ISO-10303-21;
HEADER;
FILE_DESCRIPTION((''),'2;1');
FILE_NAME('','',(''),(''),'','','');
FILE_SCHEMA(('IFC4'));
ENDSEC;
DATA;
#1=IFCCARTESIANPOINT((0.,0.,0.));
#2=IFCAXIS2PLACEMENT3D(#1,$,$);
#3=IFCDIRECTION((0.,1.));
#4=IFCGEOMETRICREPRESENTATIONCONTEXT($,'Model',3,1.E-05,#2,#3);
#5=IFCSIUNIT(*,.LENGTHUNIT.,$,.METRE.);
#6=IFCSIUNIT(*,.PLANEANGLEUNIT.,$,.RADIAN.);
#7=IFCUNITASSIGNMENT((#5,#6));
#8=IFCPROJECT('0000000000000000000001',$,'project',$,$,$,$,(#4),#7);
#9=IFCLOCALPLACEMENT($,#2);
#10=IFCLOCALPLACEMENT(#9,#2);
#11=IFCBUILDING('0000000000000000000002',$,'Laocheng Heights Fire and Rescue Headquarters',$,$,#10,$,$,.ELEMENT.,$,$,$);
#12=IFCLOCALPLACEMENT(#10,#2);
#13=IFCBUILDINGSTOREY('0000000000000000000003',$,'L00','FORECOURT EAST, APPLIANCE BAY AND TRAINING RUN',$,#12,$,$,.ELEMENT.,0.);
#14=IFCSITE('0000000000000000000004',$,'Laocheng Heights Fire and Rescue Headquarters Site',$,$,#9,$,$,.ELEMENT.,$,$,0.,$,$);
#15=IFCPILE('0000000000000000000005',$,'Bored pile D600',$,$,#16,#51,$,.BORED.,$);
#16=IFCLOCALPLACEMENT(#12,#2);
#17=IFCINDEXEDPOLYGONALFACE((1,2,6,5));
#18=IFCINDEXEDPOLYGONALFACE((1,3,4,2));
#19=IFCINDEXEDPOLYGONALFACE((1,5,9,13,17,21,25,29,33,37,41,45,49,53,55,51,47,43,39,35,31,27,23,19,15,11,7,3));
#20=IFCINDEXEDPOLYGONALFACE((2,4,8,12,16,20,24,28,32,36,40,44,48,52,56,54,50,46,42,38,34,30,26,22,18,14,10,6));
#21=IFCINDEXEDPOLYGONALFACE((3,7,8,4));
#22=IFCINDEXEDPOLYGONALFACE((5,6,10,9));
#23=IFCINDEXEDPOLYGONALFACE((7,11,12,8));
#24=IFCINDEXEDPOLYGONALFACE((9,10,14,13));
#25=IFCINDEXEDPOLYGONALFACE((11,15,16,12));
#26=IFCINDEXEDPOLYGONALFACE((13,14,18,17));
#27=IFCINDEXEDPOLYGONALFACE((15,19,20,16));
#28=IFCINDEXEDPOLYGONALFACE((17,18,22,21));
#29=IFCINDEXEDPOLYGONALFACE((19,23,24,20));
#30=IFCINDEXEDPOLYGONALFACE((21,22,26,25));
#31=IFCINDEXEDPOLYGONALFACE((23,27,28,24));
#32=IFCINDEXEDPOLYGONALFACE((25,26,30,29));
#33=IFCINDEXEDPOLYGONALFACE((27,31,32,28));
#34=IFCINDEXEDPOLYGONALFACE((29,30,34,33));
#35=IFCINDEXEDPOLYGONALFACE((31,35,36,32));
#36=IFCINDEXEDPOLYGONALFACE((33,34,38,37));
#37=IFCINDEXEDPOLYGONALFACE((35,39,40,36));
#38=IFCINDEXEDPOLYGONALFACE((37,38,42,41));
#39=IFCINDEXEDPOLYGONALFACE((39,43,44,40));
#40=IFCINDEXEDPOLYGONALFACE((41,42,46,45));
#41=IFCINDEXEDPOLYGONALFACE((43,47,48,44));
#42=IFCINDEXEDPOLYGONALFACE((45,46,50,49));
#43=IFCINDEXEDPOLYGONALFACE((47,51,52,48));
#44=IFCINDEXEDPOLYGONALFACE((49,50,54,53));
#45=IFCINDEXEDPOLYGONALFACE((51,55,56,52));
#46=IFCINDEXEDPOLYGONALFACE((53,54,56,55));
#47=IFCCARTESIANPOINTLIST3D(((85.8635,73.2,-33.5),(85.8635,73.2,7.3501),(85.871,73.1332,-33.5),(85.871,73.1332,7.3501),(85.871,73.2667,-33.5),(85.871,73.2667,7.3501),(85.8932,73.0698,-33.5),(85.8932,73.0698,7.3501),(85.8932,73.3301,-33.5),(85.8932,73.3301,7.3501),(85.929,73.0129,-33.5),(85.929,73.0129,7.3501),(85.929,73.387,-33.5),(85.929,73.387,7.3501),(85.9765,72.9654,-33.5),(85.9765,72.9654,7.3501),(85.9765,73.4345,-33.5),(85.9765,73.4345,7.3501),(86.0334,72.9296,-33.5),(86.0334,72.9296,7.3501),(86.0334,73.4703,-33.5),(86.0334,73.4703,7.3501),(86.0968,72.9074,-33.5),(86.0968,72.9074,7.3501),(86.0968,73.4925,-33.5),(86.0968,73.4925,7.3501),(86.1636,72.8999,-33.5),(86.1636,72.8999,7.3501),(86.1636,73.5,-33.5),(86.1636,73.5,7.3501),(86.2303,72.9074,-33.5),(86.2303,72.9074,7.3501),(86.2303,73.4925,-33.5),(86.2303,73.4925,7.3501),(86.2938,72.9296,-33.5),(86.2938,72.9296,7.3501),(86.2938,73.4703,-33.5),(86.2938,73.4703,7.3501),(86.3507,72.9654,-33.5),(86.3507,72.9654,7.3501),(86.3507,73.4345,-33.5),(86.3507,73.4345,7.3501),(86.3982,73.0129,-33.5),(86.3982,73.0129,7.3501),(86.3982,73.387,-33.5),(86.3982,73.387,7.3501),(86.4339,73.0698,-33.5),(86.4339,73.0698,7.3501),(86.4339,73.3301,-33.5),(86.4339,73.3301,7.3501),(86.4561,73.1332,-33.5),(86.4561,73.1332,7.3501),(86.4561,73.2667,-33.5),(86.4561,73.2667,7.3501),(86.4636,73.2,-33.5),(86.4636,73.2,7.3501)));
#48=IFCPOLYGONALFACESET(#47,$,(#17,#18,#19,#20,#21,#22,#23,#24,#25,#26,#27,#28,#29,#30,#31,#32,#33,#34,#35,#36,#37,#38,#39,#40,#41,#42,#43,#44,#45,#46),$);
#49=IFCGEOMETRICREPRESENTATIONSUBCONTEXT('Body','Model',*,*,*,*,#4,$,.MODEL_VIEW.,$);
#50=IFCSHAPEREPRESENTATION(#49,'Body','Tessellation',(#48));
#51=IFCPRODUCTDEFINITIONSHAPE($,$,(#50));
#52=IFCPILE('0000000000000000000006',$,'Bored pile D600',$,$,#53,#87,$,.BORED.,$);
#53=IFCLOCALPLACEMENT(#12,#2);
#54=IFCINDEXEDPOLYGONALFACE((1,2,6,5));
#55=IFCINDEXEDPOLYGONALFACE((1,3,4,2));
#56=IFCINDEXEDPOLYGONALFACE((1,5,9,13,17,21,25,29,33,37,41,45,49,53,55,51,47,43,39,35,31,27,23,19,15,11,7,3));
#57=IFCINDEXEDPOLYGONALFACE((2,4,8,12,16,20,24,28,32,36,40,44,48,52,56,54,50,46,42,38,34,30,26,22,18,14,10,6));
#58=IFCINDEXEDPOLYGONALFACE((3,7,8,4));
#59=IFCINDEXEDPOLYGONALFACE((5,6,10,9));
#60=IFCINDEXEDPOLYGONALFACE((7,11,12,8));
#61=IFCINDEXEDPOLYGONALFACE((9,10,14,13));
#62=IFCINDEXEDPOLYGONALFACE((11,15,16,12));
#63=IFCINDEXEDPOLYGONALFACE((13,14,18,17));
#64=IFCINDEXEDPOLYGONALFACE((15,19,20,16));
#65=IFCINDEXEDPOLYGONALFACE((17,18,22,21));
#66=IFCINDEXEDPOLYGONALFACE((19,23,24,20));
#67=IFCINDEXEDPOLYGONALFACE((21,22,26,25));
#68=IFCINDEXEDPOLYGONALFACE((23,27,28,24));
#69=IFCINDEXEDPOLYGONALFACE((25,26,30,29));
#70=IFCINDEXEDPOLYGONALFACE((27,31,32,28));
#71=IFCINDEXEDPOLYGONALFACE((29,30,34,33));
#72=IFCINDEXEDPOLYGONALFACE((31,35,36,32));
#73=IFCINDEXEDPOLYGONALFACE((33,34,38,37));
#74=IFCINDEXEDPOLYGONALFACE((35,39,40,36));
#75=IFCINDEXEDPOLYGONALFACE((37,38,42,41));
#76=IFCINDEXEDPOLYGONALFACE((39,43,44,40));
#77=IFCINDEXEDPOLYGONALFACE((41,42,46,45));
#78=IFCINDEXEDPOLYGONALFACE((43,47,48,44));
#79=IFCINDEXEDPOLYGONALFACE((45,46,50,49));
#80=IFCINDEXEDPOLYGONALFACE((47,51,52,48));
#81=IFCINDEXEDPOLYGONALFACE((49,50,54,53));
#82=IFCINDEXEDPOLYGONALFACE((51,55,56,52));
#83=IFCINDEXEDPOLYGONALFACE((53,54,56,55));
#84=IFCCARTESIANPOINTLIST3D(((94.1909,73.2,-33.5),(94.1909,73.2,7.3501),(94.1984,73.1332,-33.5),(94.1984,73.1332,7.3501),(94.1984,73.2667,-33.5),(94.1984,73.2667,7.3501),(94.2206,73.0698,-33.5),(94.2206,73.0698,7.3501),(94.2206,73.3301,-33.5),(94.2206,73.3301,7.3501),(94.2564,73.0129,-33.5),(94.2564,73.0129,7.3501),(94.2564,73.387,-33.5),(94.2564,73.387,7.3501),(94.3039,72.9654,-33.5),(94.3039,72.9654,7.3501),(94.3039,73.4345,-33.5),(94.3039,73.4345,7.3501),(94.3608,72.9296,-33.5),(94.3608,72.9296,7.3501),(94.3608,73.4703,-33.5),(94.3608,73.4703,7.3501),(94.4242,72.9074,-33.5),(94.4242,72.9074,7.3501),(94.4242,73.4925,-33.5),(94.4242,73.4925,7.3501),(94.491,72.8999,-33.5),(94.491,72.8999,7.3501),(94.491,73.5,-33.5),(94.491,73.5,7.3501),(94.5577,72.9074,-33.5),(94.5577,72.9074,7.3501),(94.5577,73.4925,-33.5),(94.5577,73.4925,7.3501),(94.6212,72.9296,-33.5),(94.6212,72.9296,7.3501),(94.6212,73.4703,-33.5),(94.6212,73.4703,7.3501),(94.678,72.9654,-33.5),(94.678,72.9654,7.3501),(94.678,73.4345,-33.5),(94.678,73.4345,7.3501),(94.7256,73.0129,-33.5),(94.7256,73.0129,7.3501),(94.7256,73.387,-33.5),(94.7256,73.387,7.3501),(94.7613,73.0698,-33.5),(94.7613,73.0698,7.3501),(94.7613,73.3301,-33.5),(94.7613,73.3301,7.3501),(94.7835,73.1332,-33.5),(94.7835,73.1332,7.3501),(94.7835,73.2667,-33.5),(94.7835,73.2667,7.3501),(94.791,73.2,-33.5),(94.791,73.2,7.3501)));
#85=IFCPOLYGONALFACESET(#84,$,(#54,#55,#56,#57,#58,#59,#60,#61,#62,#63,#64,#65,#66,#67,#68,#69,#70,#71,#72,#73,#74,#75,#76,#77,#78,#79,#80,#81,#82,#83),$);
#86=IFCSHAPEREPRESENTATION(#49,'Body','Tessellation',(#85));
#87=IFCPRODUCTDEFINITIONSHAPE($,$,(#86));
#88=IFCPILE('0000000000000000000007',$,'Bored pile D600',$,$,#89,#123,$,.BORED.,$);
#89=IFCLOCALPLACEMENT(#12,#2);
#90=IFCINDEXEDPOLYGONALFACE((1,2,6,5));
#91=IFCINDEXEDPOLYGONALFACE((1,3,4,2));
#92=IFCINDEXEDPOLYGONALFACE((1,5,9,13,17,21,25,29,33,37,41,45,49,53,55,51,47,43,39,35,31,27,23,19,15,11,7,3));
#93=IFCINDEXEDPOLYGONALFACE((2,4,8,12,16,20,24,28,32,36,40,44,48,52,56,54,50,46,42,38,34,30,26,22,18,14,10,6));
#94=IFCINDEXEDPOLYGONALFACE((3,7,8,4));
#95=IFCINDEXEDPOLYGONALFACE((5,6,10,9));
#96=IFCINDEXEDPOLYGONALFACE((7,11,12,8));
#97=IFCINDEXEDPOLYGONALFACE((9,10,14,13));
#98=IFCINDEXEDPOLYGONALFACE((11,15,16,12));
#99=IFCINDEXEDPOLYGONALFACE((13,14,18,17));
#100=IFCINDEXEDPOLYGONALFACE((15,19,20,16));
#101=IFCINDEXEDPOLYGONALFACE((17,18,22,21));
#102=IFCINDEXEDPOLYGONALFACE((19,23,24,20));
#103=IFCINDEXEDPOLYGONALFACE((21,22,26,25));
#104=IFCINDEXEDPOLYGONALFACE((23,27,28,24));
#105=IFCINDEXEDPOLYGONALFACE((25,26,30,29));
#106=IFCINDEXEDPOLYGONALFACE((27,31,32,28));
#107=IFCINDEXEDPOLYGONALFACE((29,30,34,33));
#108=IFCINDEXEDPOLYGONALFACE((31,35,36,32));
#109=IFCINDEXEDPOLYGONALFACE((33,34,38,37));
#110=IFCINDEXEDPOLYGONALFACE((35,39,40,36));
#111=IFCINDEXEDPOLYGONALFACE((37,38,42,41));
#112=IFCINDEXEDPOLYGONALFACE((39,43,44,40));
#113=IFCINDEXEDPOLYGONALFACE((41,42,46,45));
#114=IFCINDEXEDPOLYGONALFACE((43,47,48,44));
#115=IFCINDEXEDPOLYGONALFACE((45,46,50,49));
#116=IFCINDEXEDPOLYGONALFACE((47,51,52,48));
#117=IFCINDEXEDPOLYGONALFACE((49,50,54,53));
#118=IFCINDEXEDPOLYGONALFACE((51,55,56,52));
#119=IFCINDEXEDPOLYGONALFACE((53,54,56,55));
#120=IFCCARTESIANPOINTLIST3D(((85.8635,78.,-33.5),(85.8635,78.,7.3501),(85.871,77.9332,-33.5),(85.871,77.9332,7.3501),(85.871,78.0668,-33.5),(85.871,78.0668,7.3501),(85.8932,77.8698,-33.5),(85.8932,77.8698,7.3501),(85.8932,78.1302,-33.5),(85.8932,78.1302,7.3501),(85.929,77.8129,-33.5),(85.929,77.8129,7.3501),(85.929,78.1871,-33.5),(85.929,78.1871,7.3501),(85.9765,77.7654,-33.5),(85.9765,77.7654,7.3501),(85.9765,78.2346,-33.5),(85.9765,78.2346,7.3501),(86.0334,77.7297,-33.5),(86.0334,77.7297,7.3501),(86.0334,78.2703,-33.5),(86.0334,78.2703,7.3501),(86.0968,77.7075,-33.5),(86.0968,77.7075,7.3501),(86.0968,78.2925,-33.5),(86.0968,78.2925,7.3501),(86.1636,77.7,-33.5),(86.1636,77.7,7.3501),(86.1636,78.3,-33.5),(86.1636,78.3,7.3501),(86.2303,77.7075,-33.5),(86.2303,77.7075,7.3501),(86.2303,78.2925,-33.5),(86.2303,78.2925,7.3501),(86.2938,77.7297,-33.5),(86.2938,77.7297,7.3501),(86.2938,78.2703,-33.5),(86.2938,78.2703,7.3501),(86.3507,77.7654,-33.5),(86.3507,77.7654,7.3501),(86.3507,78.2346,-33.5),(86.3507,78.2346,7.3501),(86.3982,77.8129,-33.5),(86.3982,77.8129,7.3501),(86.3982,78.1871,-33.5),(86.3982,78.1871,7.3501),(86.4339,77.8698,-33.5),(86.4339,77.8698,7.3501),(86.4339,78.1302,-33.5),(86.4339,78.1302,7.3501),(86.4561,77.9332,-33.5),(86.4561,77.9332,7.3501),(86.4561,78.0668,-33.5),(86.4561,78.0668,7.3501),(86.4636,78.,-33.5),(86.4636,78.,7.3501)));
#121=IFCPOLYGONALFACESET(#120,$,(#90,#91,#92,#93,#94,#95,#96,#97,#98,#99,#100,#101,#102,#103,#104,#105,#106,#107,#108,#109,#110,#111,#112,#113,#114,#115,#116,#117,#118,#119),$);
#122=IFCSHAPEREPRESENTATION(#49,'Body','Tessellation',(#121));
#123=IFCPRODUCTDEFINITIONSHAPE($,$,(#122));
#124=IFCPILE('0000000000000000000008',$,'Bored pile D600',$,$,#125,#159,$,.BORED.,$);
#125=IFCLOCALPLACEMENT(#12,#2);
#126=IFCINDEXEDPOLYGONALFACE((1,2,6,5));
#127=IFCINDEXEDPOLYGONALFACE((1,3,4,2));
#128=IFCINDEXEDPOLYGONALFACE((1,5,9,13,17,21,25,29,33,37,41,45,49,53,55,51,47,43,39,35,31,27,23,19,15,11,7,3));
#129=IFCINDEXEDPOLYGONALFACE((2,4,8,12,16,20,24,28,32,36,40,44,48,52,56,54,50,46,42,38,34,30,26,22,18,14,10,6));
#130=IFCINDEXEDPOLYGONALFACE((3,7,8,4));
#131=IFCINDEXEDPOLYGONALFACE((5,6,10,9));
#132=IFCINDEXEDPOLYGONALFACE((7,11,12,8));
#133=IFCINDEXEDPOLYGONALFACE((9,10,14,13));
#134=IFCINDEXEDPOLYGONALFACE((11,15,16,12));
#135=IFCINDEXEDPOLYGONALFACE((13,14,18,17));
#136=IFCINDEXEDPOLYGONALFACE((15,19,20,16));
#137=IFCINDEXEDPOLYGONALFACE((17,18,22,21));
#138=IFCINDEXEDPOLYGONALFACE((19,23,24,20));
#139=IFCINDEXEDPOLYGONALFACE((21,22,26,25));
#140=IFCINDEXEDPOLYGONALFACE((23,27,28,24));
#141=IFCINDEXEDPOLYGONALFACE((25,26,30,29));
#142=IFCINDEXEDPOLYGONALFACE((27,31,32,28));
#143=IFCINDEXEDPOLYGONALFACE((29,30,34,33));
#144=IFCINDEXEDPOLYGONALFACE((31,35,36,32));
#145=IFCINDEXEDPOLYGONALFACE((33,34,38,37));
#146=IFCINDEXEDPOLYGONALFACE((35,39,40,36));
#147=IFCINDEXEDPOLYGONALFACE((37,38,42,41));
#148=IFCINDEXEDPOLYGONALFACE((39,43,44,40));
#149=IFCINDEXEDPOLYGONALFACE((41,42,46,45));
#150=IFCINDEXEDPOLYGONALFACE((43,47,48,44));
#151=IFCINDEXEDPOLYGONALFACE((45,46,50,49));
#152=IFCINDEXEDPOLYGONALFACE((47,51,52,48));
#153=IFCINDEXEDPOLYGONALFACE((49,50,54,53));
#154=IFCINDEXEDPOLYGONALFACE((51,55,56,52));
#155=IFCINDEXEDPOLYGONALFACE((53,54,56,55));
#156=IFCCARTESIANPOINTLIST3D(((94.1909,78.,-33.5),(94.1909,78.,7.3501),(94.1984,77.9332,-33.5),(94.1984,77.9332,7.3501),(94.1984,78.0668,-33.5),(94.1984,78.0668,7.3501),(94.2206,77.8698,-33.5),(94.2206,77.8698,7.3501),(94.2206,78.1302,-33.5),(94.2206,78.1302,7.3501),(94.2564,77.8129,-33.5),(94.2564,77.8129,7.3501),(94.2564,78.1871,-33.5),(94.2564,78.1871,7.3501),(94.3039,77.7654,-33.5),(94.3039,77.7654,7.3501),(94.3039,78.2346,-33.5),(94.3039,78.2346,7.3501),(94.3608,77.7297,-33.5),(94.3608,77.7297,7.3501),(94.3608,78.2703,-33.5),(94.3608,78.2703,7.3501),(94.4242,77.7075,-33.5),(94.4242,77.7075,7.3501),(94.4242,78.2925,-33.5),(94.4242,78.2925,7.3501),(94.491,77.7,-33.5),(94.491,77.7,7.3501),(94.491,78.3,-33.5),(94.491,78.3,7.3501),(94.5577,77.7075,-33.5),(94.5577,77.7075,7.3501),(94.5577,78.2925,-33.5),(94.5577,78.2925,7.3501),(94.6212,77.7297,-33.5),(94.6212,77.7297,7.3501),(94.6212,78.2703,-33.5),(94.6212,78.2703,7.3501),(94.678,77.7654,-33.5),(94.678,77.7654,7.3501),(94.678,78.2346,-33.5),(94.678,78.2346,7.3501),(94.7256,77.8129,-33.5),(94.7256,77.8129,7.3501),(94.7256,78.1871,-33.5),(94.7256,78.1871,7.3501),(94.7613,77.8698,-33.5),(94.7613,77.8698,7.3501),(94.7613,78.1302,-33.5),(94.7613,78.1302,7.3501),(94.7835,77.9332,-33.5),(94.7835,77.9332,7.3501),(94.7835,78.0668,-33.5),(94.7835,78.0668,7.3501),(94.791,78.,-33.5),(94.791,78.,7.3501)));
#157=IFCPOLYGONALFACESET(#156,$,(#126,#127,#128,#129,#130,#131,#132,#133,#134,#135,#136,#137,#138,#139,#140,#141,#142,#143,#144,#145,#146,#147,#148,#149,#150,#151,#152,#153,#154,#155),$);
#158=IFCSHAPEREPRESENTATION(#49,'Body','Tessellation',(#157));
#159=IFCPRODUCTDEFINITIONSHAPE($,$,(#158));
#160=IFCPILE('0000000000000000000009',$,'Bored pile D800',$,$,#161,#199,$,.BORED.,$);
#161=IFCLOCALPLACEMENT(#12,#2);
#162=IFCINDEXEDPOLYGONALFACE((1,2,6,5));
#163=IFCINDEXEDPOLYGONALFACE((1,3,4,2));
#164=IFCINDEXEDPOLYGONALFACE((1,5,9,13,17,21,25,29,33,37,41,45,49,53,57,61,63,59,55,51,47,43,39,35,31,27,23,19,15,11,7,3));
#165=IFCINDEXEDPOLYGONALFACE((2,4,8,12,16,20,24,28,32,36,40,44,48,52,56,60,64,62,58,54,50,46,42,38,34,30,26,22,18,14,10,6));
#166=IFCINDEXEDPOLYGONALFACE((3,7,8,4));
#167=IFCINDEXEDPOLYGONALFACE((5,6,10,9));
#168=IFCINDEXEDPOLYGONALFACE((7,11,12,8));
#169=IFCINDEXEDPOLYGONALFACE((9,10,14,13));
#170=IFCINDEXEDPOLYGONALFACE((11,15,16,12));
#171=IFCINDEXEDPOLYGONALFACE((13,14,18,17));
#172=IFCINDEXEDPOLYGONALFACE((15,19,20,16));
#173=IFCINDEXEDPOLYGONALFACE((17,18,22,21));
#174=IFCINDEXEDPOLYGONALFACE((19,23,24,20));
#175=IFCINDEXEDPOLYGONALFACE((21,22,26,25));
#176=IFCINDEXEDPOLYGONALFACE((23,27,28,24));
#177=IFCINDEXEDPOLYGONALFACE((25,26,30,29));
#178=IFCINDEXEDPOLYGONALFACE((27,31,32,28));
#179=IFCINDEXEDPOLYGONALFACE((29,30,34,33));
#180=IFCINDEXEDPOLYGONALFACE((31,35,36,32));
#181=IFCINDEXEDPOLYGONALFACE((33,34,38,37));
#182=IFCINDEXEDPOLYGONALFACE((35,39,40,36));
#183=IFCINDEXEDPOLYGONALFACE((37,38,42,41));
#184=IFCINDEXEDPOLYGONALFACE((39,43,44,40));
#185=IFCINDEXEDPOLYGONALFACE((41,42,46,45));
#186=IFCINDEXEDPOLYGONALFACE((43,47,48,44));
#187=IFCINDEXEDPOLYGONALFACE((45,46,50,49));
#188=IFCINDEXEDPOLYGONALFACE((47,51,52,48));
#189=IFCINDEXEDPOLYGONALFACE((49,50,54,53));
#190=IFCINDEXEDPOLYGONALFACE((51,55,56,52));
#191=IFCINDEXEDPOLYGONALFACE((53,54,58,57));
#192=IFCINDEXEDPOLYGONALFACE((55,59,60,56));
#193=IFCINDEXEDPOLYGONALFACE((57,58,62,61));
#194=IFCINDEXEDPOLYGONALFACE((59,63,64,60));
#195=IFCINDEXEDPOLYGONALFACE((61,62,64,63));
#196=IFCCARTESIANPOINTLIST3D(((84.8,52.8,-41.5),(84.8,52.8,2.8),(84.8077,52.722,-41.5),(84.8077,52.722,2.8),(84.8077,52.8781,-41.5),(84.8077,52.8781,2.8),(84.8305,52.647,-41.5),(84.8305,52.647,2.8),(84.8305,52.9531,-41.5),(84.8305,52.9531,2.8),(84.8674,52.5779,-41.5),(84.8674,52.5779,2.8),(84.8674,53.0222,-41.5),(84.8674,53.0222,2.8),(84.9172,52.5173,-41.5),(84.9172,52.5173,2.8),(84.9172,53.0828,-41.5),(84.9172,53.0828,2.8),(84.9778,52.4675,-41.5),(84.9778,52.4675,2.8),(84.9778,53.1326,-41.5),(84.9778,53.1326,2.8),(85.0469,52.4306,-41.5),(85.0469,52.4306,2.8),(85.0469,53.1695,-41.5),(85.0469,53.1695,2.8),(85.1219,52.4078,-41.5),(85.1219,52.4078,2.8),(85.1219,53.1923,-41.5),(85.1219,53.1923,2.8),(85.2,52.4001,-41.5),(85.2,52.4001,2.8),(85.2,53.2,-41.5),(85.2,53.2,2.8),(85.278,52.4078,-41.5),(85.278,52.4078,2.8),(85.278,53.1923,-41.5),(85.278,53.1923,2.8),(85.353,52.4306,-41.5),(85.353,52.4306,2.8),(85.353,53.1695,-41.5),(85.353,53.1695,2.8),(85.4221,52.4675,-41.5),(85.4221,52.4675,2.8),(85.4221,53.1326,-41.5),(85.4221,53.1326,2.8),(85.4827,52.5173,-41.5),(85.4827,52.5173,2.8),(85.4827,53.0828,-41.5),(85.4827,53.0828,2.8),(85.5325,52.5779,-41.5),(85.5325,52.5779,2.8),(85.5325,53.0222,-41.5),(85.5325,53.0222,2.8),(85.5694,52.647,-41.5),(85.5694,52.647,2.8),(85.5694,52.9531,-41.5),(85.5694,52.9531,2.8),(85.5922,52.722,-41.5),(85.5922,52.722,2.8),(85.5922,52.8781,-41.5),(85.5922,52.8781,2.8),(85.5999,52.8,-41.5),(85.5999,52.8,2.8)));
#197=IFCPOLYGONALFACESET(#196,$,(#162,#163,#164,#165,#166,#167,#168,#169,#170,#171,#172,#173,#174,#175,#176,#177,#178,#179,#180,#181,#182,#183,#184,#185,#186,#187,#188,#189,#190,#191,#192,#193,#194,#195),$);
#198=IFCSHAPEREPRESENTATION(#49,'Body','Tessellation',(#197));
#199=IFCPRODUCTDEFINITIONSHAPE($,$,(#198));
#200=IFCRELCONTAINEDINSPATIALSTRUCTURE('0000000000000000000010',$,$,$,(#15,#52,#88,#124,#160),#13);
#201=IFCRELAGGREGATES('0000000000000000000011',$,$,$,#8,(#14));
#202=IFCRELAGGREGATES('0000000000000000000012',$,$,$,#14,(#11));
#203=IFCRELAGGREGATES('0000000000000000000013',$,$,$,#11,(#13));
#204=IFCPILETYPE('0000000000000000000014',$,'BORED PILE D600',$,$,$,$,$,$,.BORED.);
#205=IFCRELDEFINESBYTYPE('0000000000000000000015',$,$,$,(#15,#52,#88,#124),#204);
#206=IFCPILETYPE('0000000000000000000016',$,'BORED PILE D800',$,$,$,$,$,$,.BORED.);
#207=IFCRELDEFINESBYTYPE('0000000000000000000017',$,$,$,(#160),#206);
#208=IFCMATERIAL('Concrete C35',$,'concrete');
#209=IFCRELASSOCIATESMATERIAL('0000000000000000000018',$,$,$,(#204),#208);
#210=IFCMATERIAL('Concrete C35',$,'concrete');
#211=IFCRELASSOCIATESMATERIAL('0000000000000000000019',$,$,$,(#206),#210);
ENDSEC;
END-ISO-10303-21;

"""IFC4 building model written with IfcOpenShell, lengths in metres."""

from ifc_helpers import new_model, si_unit, direction, frame, origin, origin_2d, place, context, subcontext, project, spatial, circle, extrude, material, material_profile, profile_set, type_object, element, save


model = new_model("IFC4")

# Units and contexts
model_context = context("Model", 3, precision=1e-05, world=origin(), true_north=direction((0.0, 1.0)))
body_context = subcontext(model_context, "Body", "Model", "MODEL_VIEW")
ifc_project = project(units=[si_unit("LENGTHUNIT", "METRE"), si_unit("PLANEANGLEUNIT", "RADIAN")], contexts=[model_context])

# Site, building, storey
site_placement = place(None, origin())
site = spatial("IfcSite", under=ifc_project, at=site_placement, Name="Laocheng Heights Fire and Rescue Headquarters Site", CompositionType="ELEMENT", RefElevation=0.0)
building_placement = place(site_placement, origin())
building = spatial("IfcBuilding", under=site, at=building_placement, Name="Laocheng Heights Fire and Rescue Headquarters", CompositionType="ELEMENT")
storey_placement = place(building_placement, origin())
storey = spatial("IfcBuildingStorey", under=building, at=storey_placement, Name="L00", Description="FORECOURT EAST, APPLIANCE BAY AND TRAINING RUN", CompositionType="ELEMENT", Elevation=0.0)

# Piles
ifc_material_1 = material(Name="Concrete C35", Category="concrete")
ifc_material_profile_1 = material_profile(ifc_material_1, circle(Radius=0.3, at=origin_2d()), Name="BORED PILE D600")
ifc_profile_set_1 = profile_set([ifc_material_profile_1], Name="Concrete C35")
pile_type_1 = type_object("IfcPileType", Name="BORED PILE D600", PredefinedType="BORED", material=ifc_profile_set_1)
for number, where, z_axis, x_axis, name in (
    (1, (86.1636, 73.2, 7.3501), (0.0, 0.0, -1.0), (1.0, 0.0, 0.0), "Bored pile D600"),
    (2, (94.491, 73.2, 7.3501), (0.0, 0.0, -1.0), (1.0, 0.0, 0.0), "Bored pile D600"),
    (3, (86.1636, 78.0, 7.3501), (0.0, 0.0, -1.0), (1.0, 0.0, 0.0), "Bored pile D600"),
    (4, (94.491, 78.0, 7.3501), (0.0, 0.0, -1.0), (1.0, 0.0, 0.0), "Bored pile D600"),
):
    element("IfcPile", number, at=place(storey_placement, frame(where, z_axis=z_axis, x_axis=x_axis)), inside=storey, type_object=pile_type_1, Name=name, PredefinedType="BORED", context=body_context, shape_type="SweptSolid", body=[
        extrude(circle(Radius=0.3, at=origin_2d()), origin(), (0.0, 0.0, 1.0), 40.8501),
    ])
ifc_material_2 = material(Name="Concrete C35", Category="concrete")
ifc_material_profile_2 = material_profile(ifc_material_2, circle(Radius=0.3999, at=origin_2d()), Name="BORED PILE D800")
ifc_profile_set_2 = profile_set([ifc_material_profile_2], Name="Concrete C35")
pile_type_2 = type_object("IfcPileType", Name="BORED PILE D800", PredefinedType="BORED", material=ifc_profile_set_2)
for number, where, z_axis, x_axis, name in (
    (5, (85.2, 52.8, 2.8), (0.0, 0.0, -1.0), (1.0, 0.0, 0.0), "Bored pile D800"),
):
    element("IfcPile", number, at=place(storey_placement, frame(where, z_axis=z_axis, x_axis=x_axis)), inside=storey, type_object=pile_type_2, Name=name, PredefinedType="BORED", context=body_context, shape_type="SweptSolid", body=[
        extrude(circle(Radius=0.3999, at=origin_2d()), origin(), (0.0, 0.0, 1.0), 44.3),
    ])

save(model, "model.ifc")
